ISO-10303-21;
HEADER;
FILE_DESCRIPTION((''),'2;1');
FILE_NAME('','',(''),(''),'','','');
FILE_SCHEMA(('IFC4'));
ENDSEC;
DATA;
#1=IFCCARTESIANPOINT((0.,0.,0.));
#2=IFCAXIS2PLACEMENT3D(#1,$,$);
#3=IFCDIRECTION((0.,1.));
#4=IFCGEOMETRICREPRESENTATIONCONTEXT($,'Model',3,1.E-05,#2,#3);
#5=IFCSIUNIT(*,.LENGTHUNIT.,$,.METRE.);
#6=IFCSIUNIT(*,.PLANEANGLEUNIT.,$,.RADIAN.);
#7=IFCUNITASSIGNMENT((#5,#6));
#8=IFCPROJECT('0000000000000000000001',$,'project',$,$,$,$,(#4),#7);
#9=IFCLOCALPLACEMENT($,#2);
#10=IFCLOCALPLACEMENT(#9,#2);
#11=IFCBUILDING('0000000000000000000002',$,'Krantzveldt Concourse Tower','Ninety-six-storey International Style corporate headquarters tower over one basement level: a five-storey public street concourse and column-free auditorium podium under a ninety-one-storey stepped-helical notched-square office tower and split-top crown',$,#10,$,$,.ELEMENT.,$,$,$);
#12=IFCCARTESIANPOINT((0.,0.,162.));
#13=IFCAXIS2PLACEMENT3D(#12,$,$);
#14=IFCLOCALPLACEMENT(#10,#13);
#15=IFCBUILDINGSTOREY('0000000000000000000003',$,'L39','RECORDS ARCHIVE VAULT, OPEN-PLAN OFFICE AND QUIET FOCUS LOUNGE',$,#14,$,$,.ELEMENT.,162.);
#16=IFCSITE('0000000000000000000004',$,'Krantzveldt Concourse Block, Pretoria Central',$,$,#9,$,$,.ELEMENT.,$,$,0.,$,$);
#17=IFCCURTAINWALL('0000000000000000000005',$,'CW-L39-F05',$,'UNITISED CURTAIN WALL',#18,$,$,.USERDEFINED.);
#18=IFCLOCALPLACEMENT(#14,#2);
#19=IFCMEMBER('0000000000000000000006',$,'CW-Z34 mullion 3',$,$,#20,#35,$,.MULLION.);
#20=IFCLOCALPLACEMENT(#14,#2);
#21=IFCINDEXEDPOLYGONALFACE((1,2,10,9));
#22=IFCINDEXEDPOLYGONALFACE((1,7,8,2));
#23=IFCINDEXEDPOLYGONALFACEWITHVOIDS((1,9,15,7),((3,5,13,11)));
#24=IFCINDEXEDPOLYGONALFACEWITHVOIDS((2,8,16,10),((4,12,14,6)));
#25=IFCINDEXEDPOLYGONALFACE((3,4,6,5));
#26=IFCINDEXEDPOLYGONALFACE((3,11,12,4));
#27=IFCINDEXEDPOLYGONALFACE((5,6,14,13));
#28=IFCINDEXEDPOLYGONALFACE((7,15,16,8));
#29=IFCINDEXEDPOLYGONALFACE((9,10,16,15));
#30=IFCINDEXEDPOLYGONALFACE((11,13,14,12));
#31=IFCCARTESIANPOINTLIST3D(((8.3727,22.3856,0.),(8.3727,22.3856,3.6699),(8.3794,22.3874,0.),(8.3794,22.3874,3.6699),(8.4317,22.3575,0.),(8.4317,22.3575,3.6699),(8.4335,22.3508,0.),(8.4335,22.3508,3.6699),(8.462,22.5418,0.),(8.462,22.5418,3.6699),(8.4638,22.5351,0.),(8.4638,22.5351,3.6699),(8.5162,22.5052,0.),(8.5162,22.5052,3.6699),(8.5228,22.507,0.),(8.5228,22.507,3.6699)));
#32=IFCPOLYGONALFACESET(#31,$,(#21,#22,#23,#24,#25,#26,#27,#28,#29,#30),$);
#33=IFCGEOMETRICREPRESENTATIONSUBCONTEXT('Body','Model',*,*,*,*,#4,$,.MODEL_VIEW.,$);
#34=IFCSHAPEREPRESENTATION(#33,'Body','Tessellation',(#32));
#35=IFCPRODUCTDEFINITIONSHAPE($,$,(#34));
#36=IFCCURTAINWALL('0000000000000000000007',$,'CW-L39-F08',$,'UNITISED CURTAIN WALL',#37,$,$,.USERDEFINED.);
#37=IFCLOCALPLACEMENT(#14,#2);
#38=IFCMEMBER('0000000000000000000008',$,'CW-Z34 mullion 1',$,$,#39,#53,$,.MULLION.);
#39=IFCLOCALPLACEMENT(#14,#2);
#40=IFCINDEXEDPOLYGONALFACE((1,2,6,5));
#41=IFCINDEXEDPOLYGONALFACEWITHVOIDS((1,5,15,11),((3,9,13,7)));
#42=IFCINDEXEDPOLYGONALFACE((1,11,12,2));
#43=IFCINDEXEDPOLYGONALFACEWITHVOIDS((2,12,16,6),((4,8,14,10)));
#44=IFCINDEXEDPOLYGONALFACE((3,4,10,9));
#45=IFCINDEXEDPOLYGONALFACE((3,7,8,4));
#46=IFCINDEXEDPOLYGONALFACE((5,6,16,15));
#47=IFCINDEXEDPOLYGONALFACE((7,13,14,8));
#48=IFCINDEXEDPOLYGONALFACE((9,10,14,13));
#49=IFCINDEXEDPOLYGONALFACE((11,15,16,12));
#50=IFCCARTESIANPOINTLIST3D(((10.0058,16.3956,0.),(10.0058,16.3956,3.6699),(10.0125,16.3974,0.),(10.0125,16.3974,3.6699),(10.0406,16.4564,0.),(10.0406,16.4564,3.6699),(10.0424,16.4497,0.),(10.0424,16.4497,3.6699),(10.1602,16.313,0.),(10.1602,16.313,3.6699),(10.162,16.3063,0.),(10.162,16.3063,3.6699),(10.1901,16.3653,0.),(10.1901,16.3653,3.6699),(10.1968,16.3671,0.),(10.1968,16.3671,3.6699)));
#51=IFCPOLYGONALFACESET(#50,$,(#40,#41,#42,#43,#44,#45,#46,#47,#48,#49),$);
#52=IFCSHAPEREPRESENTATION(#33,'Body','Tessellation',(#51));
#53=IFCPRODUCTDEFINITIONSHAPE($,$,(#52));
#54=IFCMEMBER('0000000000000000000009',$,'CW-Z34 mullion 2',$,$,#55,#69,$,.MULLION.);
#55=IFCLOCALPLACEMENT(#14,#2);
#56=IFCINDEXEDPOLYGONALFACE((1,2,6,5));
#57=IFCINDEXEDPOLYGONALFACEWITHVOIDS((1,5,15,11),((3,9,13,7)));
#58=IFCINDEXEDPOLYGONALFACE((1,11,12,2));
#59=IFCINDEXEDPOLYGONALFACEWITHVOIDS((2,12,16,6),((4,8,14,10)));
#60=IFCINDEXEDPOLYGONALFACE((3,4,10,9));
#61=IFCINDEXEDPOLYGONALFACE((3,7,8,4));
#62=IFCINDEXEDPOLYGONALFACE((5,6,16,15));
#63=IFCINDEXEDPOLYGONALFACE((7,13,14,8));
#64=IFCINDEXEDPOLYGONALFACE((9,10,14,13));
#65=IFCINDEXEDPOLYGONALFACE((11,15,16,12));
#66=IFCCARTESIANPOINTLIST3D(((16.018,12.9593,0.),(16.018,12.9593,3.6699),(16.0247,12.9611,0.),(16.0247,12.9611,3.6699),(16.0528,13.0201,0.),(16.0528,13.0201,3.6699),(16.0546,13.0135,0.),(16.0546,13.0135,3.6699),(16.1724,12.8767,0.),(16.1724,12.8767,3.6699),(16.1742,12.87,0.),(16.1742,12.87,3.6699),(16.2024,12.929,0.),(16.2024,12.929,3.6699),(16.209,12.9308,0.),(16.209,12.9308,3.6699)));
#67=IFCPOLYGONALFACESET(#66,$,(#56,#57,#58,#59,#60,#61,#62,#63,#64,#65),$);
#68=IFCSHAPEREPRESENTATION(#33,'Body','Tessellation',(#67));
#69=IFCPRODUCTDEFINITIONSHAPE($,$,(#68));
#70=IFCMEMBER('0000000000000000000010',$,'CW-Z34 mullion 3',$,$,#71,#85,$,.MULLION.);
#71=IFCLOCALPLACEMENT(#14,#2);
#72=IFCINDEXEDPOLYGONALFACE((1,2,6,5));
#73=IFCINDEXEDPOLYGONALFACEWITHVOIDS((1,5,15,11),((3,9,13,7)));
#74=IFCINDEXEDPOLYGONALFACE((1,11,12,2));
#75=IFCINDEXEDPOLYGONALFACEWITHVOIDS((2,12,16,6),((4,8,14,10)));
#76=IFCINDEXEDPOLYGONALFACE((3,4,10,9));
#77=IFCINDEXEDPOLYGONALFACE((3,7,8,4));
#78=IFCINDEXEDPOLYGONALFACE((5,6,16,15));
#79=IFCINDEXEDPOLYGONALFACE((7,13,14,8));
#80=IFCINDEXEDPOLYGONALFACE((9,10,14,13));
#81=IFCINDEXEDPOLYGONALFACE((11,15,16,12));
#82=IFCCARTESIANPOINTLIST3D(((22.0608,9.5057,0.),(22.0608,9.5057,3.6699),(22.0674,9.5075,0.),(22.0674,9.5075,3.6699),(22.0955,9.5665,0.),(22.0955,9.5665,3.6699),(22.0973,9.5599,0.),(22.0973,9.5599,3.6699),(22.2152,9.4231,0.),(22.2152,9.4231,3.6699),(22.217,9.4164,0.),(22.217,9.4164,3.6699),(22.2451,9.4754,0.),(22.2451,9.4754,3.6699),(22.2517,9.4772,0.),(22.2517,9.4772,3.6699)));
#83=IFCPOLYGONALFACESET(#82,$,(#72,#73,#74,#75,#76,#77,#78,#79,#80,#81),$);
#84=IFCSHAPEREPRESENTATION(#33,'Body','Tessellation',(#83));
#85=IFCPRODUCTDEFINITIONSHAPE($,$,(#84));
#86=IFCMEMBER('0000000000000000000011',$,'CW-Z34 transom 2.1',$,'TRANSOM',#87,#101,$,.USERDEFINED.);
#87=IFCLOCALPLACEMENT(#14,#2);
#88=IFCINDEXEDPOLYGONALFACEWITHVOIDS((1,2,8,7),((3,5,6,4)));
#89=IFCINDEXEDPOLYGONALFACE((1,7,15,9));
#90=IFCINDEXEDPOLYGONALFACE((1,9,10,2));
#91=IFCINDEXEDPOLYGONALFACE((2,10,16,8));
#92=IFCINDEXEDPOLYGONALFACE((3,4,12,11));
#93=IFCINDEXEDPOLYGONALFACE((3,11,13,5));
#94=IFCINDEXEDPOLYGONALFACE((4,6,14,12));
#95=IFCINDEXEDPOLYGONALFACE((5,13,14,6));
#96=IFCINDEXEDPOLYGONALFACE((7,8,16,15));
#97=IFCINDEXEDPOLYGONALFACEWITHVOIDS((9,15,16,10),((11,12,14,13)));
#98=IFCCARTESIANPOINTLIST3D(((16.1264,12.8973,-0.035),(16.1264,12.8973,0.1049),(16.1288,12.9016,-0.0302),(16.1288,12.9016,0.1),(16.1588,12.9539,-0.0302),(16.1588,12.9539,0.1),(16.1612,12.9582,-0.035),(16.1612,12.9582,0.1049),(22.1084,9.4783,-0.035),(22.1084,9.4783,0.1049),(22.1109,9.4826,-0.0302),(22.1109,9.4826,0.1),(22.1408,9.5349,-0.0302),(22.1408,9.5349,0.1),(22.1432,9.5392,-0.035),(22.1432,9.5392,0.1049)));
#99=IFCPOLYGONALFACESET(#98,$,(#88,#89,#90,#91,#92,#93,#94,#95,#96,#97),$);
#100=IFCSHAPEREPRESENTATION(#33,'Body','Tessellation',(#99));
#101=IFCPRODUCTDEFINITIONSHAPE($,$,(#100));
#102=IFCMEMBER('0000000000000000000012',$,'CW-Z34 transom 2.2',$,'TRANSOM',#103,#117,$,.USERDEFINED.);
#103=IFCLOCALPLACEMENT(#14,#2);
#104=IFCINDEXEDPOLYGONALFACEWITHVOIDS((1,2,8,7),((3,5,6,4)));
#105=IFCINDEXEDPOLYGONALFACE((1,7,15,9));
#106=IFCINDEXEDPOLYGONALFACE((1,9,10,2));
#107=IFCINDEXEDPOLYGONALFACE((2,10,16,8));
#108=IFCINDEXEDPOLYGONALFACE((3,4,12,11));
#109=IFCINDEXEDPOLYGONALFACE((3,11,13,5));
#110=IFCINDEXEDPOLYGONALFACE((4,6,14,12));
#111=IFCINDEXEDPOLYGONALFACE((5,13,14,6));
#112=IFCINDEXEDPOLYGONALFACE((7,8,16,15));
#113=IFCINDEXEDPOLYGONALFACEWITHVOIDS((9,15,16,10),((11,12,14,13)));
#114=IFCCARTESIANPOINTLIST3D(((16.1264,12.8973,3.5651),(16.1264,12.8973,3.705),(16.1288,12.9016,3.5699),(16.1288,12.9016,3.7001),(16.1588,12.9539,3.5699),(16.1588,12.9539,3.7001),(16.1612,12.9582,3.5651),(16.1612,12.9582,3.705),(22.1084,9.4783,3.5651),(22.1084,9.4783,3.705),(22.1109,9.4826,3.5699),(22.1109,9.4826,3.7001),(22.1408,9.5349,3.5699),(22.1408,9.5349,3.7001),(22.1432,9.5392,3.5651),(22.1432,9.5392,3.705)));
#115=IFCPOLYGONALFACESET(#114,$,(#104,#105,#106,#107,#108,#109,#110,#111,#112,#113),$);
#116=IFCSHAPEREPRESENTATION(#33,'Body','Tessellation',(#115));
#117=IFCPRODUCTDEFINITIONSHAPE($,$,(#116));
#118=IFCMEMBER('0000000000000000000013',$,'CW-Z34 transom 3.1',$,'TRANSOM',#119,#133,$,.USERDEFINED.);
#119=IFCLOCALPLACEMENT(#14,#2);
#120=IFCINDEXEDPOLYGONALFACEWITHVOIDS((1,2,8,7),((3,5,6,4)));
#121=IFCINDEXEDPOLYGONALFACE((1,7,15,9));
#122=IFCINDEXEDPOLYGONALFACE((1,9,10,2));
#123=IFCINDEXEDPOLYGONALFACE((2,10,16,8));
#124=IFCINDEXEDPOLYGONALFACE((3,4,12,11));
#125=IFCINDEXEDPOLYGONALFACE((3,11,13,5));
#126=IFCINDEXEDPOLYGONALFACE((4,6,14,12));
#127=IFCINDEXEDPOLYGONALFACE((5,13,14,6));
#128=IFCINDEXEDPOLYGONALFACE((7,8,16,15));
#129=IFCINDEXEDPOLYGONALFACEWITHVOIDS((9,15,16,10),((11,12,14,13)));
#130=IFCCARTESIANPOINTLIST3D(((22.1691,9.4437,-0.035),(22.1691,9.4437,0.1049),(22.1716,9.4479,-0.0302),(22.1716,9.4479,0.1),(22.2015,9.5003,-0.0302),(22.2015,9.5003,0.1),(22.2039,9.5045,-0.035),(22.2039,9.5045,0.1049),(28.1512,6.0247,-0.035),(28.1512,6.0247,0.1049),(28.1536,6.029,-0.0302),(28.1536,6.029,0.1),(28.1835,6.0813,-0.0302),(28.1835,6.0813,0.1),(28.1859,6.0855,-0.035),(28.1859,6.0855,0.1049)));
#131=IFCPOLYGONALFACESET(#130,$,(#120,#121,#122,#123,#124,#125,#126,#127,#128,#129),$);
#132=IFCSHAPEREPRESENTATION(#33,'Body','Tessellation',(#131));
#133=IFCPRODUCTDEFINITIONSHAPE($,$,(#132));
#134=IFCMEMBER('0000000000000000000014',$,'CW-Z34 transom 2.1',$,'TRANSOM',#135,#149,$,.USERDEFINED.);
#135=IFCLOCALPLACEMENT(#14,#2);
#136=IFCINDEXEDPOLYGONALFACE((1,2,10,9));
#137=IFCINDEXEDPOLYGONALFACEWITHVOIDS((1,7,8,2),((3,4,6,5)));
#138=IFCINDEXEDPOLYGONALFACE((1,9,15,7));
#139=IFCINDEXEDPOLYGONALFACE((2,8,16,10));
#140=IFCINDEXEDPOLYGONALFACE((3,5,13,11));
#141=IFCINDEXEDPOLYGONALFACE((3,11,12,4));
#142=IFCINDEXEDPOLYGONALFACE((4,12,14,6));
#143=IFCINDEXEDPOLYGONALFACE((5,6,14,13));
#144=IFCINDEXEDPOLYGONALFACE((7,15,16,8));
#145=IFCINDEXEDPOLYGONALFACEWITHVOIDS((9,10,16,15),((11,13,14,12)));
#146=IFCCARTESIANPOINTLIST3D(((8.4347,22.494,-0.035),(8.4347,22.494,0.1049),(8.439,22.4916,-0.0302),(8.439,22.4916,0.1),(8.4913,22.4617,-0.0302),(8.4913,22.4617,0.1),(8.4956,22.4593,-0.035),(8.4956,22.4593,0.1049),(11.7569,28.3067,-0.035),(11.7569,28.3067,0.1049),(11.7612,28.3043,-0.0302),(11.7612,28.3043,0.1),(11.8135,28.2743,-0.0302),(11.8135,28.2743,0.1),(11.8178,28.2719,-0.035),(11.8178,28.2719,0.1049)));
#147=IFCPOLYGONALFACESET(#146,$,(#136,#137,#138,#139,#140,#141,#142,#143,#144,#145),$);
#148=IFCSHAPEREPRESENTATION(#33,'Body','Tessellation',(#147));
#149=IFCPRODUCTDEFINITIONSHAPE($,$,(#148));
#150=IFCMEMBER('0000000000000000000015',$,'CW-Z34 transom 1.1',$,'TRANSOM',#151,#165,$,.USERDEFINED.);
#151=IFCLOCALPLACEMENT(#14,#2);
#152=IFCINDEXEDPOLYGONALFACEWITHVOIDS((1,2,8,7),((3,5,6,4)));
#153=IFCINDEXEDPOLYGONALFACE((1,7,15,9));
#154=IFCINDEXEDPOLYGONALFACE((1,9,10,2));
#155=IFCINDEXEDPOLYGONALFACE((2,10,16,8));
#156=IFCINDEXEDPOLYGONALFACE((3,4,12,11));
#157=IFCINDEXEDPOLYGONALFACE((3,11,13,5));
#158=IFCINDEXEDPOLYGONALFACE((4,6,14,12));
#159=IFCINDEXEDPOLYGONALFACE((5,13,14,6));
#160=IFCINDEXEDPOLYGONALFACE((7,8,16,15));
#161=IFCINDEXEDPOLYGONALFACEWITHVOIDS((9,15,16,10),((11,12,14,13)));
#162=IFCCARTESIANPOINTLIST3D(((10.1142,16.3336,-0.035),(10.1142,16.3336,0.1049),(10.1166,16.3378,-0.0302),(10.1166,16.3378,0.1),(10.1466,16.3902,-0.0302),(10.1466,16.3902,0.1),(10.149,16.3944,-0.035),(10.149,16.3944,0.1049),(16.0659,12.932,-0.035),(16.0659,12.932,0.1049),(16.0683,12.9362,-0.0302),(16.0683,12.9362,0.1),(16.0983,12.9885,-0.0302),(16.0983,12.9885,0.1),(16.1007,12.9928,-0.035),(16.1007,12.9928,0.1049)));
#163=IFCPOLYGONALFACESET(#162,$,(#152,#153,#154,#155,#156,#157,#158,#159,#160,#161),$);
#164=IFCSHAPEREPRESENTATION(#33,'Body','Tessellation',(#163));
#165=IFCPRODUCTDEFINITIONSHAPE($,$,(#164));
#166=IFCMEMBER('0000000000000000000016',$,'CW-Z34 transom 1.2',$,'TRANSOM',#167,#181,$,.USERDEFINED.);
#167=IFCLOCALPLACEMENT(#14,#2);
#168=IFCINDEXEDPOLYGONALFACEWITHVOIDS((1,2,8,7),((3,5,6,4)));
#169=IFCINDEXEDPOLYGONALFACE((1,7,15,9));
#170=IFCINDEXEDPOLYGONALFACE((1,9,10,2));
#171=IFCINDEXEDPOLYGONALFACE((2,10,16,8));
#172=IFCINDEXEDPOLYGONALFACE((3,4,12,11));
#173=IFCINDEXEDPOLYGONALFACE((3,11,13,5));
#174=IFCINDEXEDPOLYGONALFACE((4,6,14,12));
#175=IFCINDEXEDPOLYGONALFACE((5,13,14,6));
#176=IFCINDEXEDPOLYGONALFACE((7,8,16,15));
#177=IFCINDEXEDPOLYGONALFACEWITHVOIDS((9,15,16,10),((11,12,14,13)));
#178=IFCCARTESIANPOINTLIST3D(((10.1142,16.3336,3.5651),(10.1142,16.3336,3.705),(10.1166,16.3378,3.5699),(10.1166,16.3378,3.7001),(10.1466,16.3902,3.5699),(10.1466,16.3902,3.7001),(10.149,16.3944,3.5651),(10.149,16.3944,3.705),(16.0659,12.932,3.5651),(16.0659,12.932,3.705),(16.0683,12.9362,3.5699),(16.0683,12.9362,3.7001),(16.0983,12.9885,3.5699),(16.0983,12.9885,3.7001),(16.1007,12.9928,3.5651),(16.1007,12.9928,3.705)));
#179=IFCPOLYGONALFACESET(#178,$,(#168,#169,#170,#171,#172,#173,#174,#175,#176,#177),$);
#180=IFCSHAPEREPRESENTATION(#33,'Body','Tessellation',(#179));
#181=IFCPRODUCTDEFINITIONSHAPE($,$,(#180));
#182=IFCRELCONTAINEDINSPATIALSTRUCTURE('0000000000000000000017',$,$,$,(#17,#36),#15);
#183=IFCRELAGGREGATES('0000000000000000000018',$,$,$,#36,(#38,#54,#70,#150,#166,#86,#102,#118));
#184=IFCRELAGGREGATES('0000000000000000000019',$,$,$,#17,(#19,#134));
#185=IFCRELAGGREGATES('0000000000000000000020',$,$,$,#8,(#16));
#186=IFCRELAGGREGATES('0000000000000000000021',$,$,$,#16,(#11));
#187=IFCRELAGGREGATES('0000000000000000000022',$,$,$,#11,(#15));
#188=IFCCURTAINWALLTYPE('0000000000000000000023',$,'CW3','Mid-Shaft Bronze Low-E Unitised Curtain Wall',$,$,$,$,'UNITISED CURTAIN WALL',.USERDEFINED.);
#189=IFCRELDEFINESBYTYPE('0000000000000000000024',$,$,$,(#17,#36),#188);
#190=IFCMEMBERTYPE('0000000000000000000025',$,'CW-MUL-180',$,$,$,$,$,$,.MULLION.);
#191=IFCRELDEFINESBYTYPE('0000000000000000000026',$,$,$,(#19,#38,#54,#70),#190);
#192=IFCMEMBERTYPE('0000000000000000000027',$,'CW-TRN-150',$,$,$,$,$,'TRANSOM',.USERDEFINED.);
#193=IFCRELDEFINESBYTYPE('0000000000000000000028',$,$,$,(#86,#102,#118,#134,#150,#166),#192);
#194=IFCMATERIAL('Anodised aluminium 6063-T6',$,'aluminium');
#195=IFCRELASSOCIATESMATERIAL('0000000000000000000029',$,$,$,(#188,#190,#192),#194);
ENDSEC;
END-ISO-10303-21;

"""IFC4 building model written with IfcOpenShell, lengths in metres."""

from ifc_helpers import new_model, si_unit, direction, frame, origin, origin_2d, place, context, subcontext, project, spatial, hollow_rectangle, extrude, source, transform, mapped, material, material_profile, profile_set, type_object, type_shapes, element, aggregate, save


model = new_model("IFC4")

# Units and contexts
model_context = context("Model", 3, precision=1e-05, world=origin(), true_north=direction((0.0, 1.0)))
body_context = subcontext(model_context, "Body", "Model", "MODEL_VIEW")
ifc_project = project(units=[si_unit("LENGTHUNIT", "METRE"), si_unit("PLANEANGLEUNIT", "RADIAN")], contexts=[model_context])

# Site, building, storey
site_placement = place(None, origin())
site = spatial("IfcSite", under=ifc_project, at=site_placement, Name="Krantzveldt Concourse Block, Pretoria Central", CompositionType="ELEMENT", RefElevation=0.0)
building_placement = place(site_placement, origin())
building = spatial("IfcBuilding", under=site, at=building_placement, Name="Krantzveldt Concourse Tower", Description="Ninety-six-storey International Style corporate headquarters tower over one basement level: a five-storey public street concourse and column-free auditorium podium under a ninety-one-storey stepped-helical notched-square office tower and split-top crown", CompositionType="ELEMENT")
storey_placement = place(building_placement, frame((0.0, 0.0, 162.0)))
storey = spatial("IfcBuildingStorey", under=building, at=storey_placement, Name="L39", Description="RECORDS ARCHIVE VAULT, OPEN-PLAN OFFICE AND QUIET FOCUS LOUNGE", CompositionType="ELEMENT", Elevation=162.0)

# Curtain wall, member
ifc_material_1 = material(Name="Anodised aluminium 6063-T6", Category="aluminium")
curtain_wall_type = type_object("IfcCurtainWallType", Name="CW3", Description="Mid-Shaft Bronze Low-E Unitised Curtain Wall", ElementType="UNITISED CURTAIN WALL", PredefinedType="USERDEFINED", material=ifc_material_1)
curtain_wall_1_placement = place(storey_placement, origin())
curtain_wall_1 = element("IfcCurtainWall", 1, at=curtain_wall_1_placement, inside=storey, type_object=curtain_wall_type, Name="CW-L39-F05", ObjectType="UNITISED CURTAIN WALL", PredefinedType="USERDEFINED")
ifc_material_profile_1 = material_profile(ifc_material_1, hollow_rectangle(XDim=0.0701, YDim=0.1799, WallThickness=0.0049, at=origin_2d()), Name="Anodised aluminium 6063-T6", Category="aluminium")
ifc_profile_set_1 = profile_set([ifc_material_profile_1], Name="Anodised aluminium 6063-T6 - ALU-MULL 180x70x5")
member_type_1 = type_object("IfcMemberType", Name="CW-MUL-180", PredefinedType="MULLION", material=ifc_profile_set_1)
shared_shape_1 = source(origin(), body_context, "Body", "SweptSolid", [
    extrude(hollow_rectangle(XDim=0.0701, YDim=0.1799, WallThickness=0.0049, at=origin_2d()), origin(), (0.0, 0.0, 1.0), 3.6699),
])
type_shapes(member_type_1, [shared_shape_1])
member_1_placement = place(storey_placement, frame((8.4478, 22.4463, 0.0), z_axis=(0.0, 0.0, 1.0), x_axis=(0.868199, -0.496216, 0.0)))
member_1 = element("IfcMember", 2, at=member_1_placement, type_object=member_type_1, Name="CW-Z34 mullion 3", PredefinedType="MULLION", context=body_context, shape_type="MappedRepresentation", body=[
    mapped(shared_shape_1, transform((0.0, 0.0, 0.0), x_axis=(1.0, 0.0, 0.0), y_axis=(0.0, 1.0, 0.0), z_axis=(0.0, 0.0, 1.0), scale=1.0)),
])

# Curtain wall, members
curtain_wall_2_placement = place(storey_placement, origin())
curtain_wall_2 = element("IfcCurtainWall", 3, at=curtain_wall_2_placement, inside=storey, type_object=curtain_wall_type, Name="CW-L39-F08", ObjectType="UNITISED CURTAIN WALL", PredefinedType="USERDEFINED")
member_2_placement = place(storey_placement, frame((10.1013, 16.3813, 0.0), z_axis=(0.0, 0.0, 1.0), x_axis=(0.496216, 0.868199, 0.0)))
member_2 = element("IfcMember", 4, at=member_2_placement, type_object=member_type_1, Name="CW-Z34 mullion 1", PredefinedType="MULLION", context=body_context, shape_type="MappedRepresentation", body=[
    mapped(shared_shape_1, transform((0.0, 0.0, 0.0), x_axis=(1.0, 0.0, 0.0), y_axis=(0.0, 1.0, 0.0), z_axis=(0.0, 0.0, 1.0), scale=1.0)),
])
member_3_placement = place(storey_placement, frame((16.1135, 12.9451, 0.0), z_axis=(0.0, 0.0, 1.0), x_axis=(0.496216, 0.868199, 0.0)))
member_3 = element("IfcMember", 5, at=member_3_placement, type_object=member_type_1, Name="CW-Z34 mullion 2", PredefinedType="MULLION", context=body_context, shape_type="MappedRepresentation", body=[
    mapped(shared_shape_1, transform((0.0, 0.0, 0.0), x_axis=(1.0, 0.0, 0.0), y_axis=(0.0, 1.0, 0.0), z_axis=(0.0, 0.0, 1.0), scale=1.0)),
])
member_4_placement = place(storey_placement, frame((22.1562, 9.4915, 0.0), z_axis=(0.0, 0.0, 1.0), x_axis=(0.496216, 0.868199, 0.0)))
member_4 = element("IfcMember", 6, at=member_4_placement, type_object=member_type_1, Name="CW-Z34 mullion 3", PredefinedType="MULLION", context=body_context, shape_type="MappedRepresentation", body=[
    mapped(shared_shape_1, transform((0.0, 0.0, 0.0), x_axis=(1.0, 0.0, 0.0), y_axis=(0.0, 1.0, 0.0), z_axis=(0.0, 0.0, 1.0), scale=1.0)),
])
ifc_material_profile_2 = material_profile(ifc_material_1, hollow_rectangle(XDim=0.0701, YDim=0.1399, WallThickness=0.0049, at=origin_2d()), Name="Anodised aluminium 6063-T6", Category="aluminium")
ifc_profile_set_2 = profile_set([ifc_material_profile_2], Name="Anodised aluminium 6063-T6 - ALU-TRAN 140x70x5")
member_type_2 = type_object("IfcMemberType", Name="CW-TRN-150", ElementType="TRANSOM", PredefinedType="USERDEFINED", material=ifc_profile_set_2)
shared_shape_2 = source(origin(), body_context, "Body", "SweptSolid", [
    extrude(hollow_rectangle(XDim=0.0701, YDim=0.1399, WallThickness=0.0049, at=origin_2d()), origin(), (0.0, 0.0, 1.0), 6.8901),
])
member_5_placement = place(storey_placement, frame((16.1438, 12.9277, 0.0349), z_axis=(0.8682, -0.496215, 0.0), x_axis=(0.496215, 0.8682, 0.0)))
member_5 = element("IfcMember", 7, at=member_5_placement, type_object=member_type_2, Name="CW-Z34 transom 2.1", ObjectType="TRANSOM", PredefinedType="USERDEFINED", context=body_context, shape_type="MappedRepresentation", body=[
    mapped(shared_shape_2, transform((0.0, 0.0, 0.0), x_axis=(1.0, 0.0, 0.0), y_axis=(0.0, 1.0, 0.0), z_axis=(0.0, 0.0, 1.0), scale=1.0)),
])
member_6_placement = place(storey_placement, frame((16.1438, 12.9277, 3.635), z_axis=(0.8682, -0.496215, 0.0), x_axis=(0.496215, 0.8682, 0.0)))
member_6 = element("IfcMember", 8, at=member_6_placement, type_object=member_type_2, Name="CW-Z34 transom 2.2", ObjectType="TRANSOM", PredefinedType="USERDEFINED", context=body_context, shape_type="MappedRepresentation", body=[
    mapped(shared_shape_2, transform((0.0, 0.0, 0.0), x_axis=(1.0, 0.0, 0.0), y_axis=(0.0, 1.0, 0.0), z_axis=(0.0, 0.0, 1.0), scale=1.0)),
])
member_7_placement = place(storey_placement, frame((22.1865, 9.4741, 0.0349), z_axis=(0.8682, -0.496215, 0.0), x_axis=(0.496215, 0.8682, 0.0)))
member_7 = element("IfcMember", 9, at=member_7_placement, type_object=member_type_2, Name="CW-Z34 transom 3.1", ObjectType="TRANSOM", PredefinedType="USERDEFINED", context=body_context, shape_type="MappedRepresentation", body=[
    mapped(shared_shape_2, transform((0.0, 0.0, 0.0), x_axis=(1.0, 0.0, 0.0), y_axis=(0.0, 1.0, 0.0), z_axis=(0.0, 0.0, 1.0), scale=1.0)),
])

# Members
shared_shape_3 = source(origin(), body_context, "Body", "SweptSolid", [
    extrude(hollow_rectangle(XDim=0.0701, YDim=0.1399, WallThickness=0.0049, at=origin_2d()), origin(), (0.0, 0.0, 1.0), 6.6951),
])
member_8_placement = place(storey_placement, frame((11.7874, 28.2893, 0.0349), z_axis=(-0.496217, -0.868198, 0.0), x_axis=(0.868198, -0.496217, 0.0)))
member_8 = element("IfcMember", 10, at=member_8_placement, type_object=member_type_2, Name="CW-Z34 transom 2.1", ObjectType="TRANSOM", PredefinedType="USERDEFINED", context=body_context, shape_type="MappedRepresentation", body=[
    mapped(shared_shape_3, transform((0.0, 0.0, 0.0), x_axis=(1.0, 0.0, 0.0), y_axis=(0.0, 1.0, 0.0), z_axis=(0.0, 0.0, 1.0), scale=1.0)),
])
shared_shape_4 = source(origin(), body_context, "Body", "SweptSolid", [
    extrude(hollow_rectangle(XDim=0.0701, YDim=0.1399, WallThickness=0.0049, at=origin_2d()), origin(), (0.0, 0.0, 1.0), 6.8552),
])
type_shapes(member_type_2, [shared_shape_2, shared_shape_3, shared_shape_4])
member_9_placement = place(storey_placement, frame((10.1316, 16.364, 0.0349), z_axis=(0.868201, -0.496212, 0.0), x_axis=(0.496212, 0.868201, 0.0)))
member_9 = element("IfcMember", 11, at=member_9_placement, type_object=member_type_2, Name="CW-Z34 transom 1.1", ObjectType="TRANSOM", PredefinedType="USERDEFINED", context=body_context, shape_type="MappedRepresentation", body=[
    mapped(shared_shape_4, transform((0.0, 0.0, 0.0), x_axis=(1.0, 0.0, 0.0), y_axis=(0.0, 1.0, 0.0), z_axis=(0.0, 0.0, 1.0), scale=1.0)),
])
member_10_placement = place(storey_placement, frame((10.1316, 16.364, 3.635), z_axis=(0.868201, -0.496212, 0.0), x_axis=(0.496212, 0.868201, 0.0)))
member_10 = element("IfcMember", 12, at=member_10_placement, type_object=member_type_2, Name="CW-Z34 transom 1.2", ObjectType="TRANSOM", PredefinedType="USERDEFINED", context=body_context, shape_type="MappedRepresentation", body=[
    mapped(shared_shape_4, transform((0.0, 0.0, 0.0), x_axis=(1.0, 0.0, 0.0), y_axis=(0.0, 1.0, 0.0), z_axis=(0.0, 0.0, 1.0), scale=1.0)),
])

aggregate(curtain_wall_2, [member_2, member_3, member_4, member_9, member_10, member_5, member_6, member_7])
aggregate(curtain_wall_1, [member_1, member_8])

save(model, "model.ifc")
